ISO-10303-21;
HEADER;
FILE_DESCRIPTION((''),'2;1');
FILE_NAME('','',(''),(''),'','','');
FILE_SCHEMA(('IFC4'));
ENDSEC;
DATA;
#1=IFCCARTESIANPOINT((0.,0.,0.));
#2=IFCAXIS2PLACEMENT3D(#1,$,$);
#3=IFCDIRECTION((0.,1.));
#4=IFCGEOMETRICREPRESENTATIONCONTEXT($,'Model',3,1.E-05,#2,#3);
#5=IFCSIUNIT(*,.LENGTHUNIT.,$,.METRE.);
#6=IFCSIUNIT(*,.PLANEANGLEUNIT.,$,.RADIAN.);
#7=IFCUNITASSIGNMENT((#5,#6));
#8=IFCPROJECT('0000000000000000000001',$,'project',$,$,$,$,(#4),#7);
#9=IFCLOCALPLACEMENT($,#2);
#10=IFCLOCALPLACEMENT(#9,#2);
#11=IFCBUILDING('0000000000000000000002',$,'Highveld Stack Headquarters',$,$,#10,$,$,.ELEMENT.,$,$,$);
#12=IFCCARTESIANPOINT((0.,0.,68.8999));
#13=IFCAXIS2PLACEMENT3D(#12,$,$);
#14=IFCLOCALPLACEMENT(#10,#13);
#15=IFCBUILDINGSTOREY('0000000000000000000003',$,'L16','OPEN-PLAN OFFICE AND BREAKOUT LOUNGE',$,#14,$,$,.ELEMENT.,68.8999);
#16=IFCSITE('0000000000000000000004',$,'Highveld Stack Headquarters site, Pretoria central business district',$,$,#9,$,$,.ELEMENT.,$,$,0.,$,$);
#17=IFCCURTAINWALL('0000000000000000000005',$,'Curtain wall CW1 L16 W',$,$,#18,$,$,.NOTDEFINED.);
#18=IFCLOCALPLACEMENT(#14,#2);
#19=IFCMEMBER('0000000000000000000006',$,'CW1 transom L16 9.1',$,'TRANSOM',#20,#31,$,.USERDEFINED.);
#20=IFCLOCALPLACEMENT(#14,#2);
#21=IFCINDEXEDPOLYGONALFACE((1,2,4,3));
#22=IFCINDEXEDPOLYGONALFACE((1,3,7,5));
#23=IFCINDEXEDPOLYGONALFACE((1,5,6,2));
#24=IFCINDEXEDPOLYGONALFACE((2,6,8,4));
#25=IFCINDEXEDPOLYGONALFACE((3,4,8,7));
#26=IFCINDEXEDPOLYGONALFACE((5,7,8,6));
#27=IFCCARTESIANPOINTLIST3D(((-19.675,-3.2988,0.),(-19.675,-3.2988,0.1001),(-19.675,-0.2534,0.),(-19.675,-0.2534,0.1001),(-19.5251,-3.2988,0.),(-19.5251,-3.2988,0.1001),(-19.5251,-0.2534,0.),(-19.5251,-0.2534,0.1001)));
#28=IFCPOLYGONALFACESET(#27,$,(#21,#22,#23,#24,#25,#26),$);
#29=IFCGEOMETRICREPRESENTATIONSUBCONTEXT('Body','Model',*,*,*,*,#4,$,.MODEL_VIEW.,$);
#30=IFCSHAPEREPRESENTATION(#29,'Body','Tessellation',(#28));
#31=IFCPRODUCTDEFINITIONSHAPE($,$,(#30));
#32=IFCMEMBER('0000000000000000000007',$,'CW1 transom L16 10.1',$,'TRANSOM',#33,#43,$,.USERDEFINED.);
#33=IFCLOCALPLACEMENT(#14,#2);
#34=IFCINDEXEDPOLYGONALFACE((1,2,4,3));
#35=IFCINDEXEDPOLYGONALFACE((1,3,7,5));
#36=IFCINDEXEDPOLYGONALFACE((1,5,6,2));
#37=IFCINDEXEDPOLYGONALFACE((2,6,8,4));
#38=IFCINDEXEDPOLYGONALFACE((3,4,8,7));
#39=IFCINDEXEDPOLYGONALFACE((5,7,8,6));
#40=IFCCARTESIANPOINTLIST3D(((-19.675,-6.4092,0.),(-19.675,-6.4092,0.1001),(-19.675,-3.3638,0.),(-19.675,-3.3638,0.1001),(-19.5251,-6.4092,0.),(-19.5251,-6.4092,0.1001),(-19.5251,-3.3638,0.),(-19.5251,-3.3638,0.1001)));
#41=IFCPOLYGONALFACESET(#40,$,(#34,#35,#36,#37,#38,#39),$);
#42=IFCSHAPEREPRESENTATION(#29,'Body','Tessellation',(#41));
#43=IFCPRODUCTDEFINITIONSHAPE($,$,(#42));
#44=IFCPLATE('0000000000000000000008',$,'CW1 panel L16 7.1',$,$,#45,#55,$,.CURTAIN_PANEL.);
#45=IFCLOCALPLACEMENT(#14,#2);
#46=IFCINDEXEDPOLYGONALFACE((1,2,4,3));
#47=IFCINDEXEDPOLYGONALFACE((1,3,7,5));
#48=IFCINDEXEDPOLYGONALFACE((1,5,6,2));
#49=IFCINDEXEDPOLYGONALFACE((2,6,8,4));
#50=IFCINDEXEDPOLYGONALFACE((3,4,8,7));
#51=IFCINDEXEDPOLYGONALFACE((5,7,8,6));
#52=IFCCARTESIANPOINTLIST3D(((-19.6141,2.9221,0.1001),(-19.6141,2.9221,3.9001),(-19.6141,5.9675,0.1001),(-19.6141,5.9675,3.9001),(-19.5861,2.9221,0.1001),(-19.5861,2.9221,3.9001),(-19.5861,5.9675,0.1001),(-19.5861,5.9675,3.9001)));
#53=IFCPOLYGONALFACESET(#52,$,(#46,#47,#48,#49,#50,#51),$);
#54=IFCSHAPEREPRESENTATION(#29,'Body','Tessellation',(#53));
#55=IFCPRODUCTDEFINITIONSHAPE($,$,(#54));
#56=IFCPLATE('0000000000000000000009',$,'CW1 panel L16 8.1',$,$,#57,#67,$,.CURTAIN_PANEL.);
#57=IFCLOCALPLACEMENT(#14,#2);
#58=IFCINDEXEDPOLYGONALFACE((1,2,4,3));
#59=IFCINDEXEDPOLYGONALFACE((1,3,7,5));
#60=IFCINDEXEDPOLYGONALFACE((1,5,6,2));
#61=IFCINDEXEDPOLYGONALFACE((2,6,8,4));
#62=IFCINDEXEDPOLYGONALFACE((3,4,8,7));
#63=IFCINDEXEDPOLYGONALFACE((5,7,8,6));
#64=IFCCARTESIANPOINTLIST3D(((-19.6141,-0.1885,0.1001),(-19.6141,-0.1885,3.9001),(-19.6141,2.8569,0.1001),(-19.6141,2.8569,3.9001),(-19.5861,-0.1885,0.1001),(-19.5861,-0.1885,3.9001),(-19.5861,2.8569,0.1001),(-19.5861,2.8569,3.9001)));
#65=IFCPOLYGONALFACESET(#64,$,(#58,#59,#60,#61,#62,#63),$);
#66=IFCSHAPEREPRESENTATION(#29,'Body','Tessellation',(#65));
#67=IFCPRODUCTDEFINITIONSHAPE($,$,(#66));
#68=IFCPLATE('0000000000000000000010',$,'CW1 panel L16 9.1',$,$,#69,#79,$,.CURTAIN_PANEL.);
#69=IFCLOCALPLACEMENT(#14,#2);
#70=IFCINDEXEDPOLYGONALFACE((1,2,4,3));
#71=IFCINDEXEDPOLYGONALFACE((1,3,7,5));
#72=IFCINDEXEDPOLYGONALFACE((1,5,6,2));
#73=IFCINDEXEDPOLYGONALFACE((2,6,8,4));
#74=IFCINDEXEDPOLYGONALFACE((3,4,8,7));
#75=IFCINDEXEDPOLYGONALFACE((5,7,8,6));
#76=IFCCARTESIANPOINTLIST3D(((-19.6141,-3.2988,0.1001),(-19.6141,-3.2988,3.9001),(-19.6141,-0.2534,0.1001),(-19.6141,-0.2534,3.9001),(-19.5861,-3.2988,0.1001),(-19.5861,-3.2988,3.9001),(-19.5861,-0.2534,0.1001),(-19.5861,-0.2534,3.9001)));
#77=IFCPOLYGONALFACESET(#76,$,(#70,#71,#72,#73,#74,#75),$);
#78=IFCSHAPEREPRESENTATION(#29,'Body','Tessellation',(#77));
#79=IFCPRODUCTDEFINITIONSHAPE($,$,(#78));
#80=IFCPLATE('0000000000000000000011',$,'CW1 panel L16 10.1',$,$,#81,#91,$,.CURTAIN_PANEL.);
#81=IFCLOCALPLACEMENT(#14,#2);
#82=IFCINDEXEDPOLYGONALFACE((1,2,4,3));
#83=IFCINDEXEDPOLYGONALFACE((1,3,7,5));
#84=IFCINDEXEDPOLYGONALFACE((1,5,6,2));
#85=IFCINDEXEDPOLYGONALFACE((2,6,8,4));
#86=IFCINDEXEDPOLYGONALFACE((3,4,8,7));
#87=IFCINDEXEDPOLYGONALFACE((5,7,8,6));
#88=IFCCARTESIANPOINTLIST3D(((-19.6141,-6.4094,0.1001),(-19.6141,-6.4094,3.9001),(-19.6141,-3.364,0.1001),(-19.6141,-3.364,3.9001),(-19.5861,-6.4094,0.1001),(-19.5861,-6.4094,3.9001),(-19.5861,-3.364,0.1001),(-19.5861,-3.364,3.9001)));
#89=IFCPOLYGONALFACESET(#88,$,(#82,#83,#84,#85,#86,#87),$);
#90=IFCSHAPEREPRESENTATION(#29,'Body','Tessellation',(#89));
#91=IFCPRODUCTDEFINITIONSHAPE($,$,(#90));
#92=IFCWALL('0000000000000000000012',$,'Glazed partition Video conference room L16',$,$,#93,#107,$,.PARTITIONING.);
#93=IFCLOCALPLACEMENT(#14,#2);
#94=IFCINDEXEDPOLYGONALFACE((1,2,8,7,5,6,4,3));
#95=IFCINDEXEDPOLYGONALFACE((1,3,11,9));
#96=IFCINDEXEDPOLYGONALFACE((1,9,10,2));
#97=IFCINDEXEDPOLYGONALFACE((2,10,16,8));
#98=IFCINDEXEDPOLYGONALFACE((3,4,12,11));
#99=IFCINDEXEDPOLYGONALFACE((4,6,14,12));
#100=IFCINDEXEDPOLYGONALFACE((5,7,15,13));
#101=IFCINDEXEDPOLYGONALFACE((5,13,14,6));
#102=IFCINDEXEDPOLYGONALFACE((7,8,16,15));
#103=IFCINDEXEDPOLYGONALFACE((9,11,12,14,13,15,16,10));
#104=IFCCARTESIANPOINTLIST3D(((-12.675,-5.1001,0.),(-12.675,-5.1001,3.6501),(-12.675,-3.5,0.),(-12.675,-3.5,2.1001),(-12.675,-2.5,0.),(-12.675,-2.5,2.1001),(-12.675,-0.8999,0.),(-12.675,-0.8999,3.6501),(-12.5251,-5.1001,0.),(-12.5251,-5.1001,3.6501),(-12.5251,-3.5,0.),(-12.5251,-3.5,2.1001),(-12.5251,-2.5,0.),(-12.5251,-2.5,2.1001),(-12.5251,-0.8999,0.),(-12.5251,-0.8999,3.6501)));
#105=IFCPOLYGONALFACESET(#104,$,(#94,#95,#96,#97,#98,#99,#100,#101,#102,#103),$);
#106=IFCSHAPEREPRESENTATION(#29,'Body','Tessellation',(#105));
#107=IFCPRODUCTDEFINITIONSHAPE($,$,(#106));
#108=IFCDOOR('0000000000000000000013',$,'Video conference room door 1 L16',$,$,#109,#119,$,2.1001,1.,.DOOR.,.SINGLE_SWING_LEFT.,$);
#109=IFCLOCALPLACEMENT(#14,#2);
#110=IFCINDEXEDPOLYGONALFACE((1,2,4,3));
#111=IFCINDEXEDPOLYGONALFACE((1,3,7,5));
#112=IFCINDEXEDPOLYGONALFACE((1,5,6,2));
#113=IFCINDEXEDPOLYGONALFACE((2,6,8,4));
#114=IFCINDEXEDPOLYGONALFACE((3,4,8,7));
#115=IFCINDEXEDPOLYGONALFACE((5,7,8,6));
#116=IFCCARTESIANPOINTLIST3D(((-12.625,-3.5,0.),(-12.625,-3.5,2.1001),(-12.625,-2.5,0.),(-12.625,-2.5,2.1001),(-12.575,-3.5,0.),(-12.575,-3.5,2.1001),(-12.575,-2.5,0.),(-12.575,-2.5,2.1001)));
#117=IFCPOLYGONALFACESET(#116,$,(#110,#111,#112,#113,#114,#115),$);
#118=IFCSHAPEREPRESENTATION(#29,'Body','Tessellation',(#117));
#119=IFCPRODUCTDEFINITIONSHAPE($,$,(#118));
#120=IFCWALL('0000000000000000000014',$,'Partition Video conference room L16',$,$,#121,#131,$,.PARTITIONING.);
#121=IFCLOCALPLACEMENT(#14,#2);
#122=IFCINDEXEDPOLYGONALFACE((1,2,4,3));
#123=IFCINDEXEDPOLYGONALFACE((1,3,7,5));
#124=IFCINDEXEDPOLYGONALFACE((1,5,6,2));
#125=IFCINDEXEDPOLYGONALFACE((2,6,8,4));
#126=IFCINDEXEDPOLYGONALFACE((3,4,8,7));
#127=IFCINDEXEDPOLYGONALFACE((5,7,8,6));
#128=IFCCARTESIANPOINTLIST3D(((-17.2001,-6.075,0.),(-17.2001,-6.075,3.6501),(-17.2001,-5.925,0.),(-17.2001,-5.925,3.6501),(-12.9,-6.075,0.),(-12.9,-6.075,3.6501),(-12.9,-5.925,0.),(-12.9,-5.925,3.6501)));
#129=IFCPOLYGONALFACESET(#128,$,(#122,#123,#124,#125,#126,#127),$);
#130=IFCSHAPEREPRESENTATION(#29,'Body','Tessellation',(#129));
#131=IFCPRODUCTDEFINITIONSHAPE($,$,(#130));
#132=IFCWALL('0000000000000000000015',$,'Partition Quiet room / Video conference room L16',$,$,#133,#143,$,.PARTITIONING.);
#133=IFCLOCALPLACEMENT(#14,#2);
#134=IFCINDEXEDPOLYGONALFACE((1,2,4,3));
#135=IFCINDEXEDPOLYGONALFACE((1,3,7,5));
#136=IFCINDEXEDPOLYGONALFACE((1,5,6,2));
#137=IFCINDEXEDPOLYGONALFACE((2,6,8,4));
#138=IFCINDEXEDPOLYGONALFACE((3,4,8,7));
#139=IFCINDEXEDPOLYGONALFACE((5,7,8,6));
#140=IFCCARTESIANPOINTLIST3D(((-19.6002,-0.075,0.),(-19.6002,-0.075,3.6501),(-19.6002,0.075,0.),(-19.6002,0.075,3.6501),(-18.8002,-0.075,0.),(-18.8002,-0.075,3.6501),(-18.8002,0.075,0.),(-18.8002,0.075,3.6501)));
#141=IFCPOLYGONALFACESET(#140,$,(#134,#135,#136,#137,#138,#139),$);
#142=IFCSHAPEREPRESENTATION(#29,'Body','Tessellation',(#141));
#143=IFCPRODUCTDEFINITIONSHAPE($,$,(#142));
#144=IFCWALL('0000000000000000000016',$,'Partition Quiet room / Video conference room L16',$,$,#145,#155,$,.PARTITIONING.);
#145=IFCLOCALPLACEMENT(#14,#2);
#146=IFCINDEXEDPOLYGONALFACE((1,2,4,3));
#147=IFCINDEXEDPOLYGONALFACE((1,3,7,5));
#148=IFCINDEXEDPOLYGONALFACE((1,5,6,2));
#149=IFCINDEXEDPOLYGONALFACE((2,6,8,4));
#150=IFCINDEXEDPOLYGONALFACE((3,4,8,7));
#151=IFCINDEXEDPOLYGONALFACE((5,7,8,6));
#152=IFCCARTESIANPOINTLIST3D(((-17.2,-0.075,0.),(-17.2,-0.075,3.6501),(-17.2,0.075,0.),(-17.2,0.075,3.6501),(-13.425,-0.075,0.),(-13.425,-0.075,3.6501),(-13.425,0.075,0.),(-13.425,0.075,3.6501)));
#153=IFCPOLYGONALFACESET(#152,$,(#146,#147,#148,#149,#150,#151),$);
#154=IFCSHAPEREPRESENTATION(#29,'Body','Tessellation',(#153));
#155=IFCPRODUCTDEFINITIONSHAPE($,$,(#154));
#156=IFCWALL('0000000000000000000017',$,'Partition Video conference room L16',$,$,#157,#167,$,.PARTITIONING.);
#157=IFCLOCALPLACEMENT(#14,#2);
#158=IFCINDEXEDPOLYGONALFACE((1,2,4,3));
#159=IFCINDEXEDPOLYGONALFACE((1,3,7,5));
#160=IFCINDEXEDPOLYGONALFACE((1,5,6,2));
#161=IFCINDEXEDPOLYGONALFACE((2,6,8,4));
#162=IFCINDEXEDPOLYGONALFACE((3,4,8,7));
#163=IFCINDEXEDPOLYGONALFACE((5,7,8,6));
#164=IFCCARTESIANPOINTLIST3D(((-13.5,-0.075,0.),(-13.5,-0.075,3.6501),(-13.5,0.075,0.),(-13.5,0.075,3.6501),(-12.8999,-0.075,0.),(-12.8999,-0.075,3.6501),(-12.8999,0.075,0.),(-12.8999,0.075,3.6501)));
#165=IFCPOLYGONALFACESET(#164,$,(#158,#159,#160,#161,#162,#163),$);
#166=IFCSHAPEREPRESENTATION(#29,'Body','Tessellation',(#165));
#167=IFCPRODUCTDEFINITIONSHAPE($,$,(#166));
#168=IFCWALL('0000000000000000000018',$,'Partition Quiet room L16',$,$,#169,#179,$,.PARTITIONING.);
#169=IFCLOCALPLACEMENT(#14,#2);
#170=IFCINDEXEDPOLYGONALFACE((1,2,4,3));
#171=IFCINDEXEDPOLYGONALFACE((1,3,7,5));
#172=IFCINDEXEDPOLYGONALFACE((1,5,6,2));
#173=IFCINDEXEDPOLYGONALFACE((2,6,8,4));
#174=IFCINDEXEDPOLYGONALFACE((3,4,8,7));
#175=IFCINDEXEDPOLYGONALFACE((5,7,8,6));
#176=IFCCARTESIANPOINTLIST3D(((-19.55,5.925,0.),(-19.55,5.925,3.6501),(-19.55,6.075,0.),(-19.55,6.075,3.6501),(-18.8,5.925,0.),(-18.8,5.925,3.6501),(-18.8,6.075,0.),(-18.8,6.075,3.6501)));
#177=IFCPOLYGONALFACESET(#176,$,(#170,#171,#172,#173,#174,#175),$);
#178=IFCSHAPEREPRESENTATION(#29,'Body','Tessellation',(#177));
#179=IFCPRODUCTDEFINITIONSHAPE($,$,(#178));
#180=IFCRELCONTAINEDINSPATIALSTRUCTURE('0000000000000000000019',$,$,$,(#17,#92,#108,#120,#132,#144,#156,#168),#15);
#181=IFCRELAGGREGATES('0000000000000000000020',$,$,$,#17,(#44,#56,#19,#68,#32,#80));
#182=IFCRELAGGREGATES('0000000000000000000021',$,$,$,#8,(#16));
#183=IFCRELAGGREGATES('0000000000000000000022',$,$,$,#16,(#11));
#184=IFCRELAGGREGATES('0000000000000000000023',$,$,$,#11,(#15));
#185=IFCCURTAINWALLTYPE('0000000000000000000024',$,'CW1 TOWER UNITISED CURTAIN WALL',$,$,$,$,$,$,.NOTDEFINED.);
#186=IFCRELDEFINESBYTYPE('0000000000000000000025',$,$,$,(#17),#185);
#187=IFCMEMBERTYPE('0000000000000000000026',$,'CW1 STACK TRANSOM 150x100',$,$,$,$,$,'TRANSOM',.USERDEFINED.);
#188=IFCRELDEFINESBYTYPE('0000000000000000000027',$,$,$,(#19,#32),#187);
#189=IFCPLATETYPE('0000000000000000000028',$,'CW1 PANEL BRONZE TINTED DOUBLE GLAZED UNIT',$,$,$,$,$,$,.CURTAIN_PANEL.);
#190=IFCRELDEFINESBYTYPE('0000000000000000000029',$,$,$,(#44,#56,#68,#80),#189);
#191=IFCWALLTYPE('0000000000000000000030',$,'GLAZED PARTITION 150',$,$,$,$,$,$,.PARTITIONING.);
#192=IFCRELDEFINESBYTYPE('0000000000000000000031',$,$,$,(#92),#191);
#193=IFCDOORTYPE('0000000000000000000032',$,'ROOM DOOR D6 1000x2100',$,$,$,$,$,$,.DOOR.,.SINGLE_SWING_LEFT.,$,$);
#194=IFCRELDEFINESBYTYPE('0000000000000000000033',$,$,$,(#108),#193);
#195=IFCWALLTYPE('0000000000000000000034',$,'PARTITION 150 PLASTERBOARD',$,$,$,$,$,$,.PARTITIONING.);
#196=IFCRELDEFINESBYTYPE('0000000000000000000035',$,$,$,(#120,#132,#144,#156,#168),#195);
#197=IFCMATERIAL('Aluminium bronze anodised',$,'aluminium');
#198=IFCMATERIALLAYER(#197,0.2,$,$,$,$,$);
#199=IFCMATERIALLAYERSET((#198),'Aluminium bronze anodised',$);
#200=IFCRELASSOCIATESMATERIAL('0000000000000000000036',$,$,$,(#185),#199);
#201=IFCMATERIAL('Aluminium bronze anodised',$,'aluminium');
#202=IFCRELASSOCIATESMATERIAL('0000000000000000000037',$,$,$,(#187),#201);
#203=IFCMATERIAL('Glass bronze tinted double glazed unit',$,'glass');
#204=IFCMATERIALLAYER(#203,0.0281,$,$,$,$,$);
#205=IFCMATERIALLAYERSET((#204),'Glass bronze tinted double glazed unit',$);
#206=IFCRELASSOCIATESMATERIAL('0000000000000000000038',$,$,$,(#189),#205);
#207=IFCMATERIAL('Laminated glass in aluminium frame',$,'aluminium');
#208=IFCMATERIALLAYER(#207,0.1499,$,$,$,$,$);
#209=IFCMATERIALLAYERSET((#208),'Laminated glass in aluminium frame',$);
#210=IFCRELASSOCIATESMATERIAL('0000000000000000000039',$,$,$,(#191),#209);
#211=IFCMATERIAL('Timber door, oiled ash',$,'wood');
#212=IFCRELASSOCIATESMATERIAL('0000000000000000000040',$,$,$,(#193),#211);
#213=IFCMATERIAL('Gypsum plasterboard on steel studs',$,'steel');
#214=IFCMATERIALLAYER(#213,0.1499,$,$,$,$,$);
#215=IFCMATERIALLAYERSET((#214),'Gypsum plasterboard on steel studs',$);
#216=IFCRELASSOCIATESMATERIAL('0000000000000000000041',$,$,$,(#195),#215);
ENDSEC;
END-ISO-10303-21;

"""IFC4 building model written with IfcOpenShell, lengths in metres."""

from ifc_helpers import new_model, si_unit, direction, frame, frame_2d, origin, origin_2d, place, context, subcontext, project, spatial, rectangle, extrude, material, layer, layer_set, material_profile, profile_set, type_object, element, fill, aggregate, save


model = new_model("IFC4")

# Units and contexts
model_context = context("Model", 3, precision=1e-05, world=origin(), true_north=direction((0.0, 1.0)))
body_context = subcontext(model_context, "Body", "Model", "MODEL_VIEW")
ifc_project = project(units=[si_unit("LENGTHUNIT", "METRE"), si_unit("PLANEANGLEUNIT", "RADIAN")], contexts=[model_context])

# Site, building, storey
site_placement = place(None, origin())
site = spatial("IfcSite", under=ifc_project, at=site_placement, Name="Highveld Stack Headquarters site, Pretoria central business district", CompositionType="ELEMENT", RefElevation=0.0)
building_placement = place(site_placement, origin())
building = spatial("IfcBuilding", under=site, at=building_placement, Name="Highveld Stack Headquarters", CompositionType="ELEMENT")
storey_placement = place(building_placement, frame((0.0, 0.0, 68.8999)))
storey = spatial("IfcBuildingStorey", under=building, at=storey_placement, Name="L16", Description="OPEN-PLAN OFFICE AND BREAKOUT LOUNGE", CompositionType="ELEMENT", Elevation=68.8999)

# Curtain wall, members, plates
ifc_material_1 = material(Name="Aluminium bronze anodised", Category="aluminium")
ifc_layer_1 = layer(ifc_material_1, 0.2)
ifc_layer_set_1 = layer_set([ifc_layer_1], Name="Aluminium bronze anodised")
curtain_wall_type = type_object("IfcCurtainWallType", Name="CW1 TOWER UNITISED CURTAIN WALL", PredefinedType="NOTDEFINED", material=ifc_layer_set_1)
curtain_wall_placement = place(storey_placement, origin())
curtain_wall = element("IfcCurtainWall", 1, at=curtain_wall_placement, inside=storey, type_object=curtain_wall_type, Name="Curtain wall CW1 L16 W", PredefinedType="NOTDEFINED")
ifc_material_2 = material(Name="Aluminium bronze anodised", Category="aluminium")
ifc_material_profile_1 = material_profile(ifc_material_2, rectangle(XDim=0.1499, YDim=0.1001, at=origin_2d()), Name="CW1 TRANSOM 150x100")
ifc_profile_set_1 = profile_set([ifc_material_profile_1], Name="Aluminium bronze anodised")
member_type_1 = type_object("IfcMemberType", Name="CW1 STACK TRANSOM 150x100", ElementType="TRANSOM", PredefinedType="USERDEFINED", material=ifc_profile_set_1)
member_1_placement = place(storey_placement, frame((-19.6001, -0.2534, 0.05), z_axis=(0.0, -1.0, 0.0), x_axis=(1.0, 0.0, 0.0)))
member_1 = element("IfcMember", 2, at=member_1_placement, type_object=member_type_1, Name="CW1 transom L16 9.1", ObjectType="TRANSOM", PredefinedType="USERDEFINED", context=body_context, shape_type="SweptSolid", body=[
    extrude(rectangle(XDim=0.1499, YDim=0.1001, at=origin_2d()), origin(), (0.0, 0.0, 1.0), 3.0454),
])
member_2_placement = place(storey_placement, frame((-19.6001, -3.3638, 0.05), z_axis=(0.0, -1.0, 0.0), x_axis=(1.0, 0.0, 0.0)))
member_2 = element("IfcMember", 3, at=member_2_placement, type_object=member_type_1, Name="CW1 transom L16 10.1", ObjectType="TRANSOM", PredefinedType="USERDEFINED", context=body_context, shape_type="SweptSolid", body=[
    extrude(rectangle(XDim=0.1499, YDim=0.1001, at=origin_2d()), origin(), (0.0, 0.0, 1.0), 3.0454),
])
ifc_material_3 = material(Name="Glass bronze tinted double glazed unit", Category="glass")
ifc_layer_2 = layer(ifc_material_3, 0.0281)
ifc_layer_set_2 = layer_set([ifc_layer_2], Name="Glass bronze tinted double glazed unit")
plate_type = type_object("IfcPlateType", Name="CW1 PANEL BRONZE TINTED DOUBLE GLAZED UNIT", PredefinedType="CURTAIN_PANEL", material=ifc_layer_set_2)
plate_1_placement = place(storey_placement, frame((-19.6001, 4.4448, 0.1001), z_axis=(0.0, 0.0, 1.0), x_axis=(0.0, -1.0, 0.0)))
plate_1 = element("IfcPlate", 4, at=plate_1_placement, type_object=plate_type, Name="CW1 panel L16 7.1", PredefinedType="CURTAIN_PANEL", context=body_context, shape_type="SweptSolid", body=[
    extrude(rectangle(XDim=3.0454, YDim=0.0281, at=origin_2d()), origin(), (0.0, 0.0, 1.0), 3.8),
])
plate_2_placement = place(storey_placement, frame((-19.6001, 1.3342, 0.1001), z_axis=(0.0, 0.0, 1.0), x_axis=(0.0, -1.0, 0.0)))
plate_2 = element("IfcPlate", 5, at=plate_2_placement, type_object=plate_type, Name="CW1 panel L16 8.1", PredefinedType="CURTAIN_PANEL", context=body_context, shape_type="SweptSolid", body=[
    extrude(rectangle(XDim=3.0454, YDim=0.0281, at=origin_2d()), origin(), (0.0, 0.0, 1.0), 3.8),
])
plate_3_placement = place(storey_placement, frame((-19.6001, -1.7761, 0.1001), z_axis=(0.0, 0.0, 1.0), x_axis=(0.0, -1.0, 0.0)))
plate_3 = element("IfcPlate", 6, at=plate_3_placement, type_object=plate_type, Name="CW1 panel L16 9.1", PredefinedType="CURTAIN_PANEL", context=body_context, shape_type="SweptSolid", body=[
    extrude(rectangle(XDim=3.0454, YDim=0.0281, at=origin_2d()), origin(), (0.0, 0.0, 1.0), 3.8),
])
plate_4_placement = place(storey_placement, frame((-19.6001, -4.8867, 0.1001), z_axis=(0.0, 0.0, 1.0), x_axis=(0.0, -1.0, 0.0)))
plate_4 = element("IfcPlate", 7, at=plate_4_placement, type_object=plate_type, Name="CW1 panel L16 10.1", PredefinedType="CURTAIN_PANEL", context=body_context, shape_type="SweptSolid", body=[
    extrude(rectangle(XDim=3.0454, YDim=0.0281, at=origin_2d()), origin(), (0.0, 0.0, 1.0), 3.8),
])
aggregate(curtain_wall, [plate_1, plate_2, member_1, plate_3, member_2, plate_4])

# Wall, opening, door
ifc_material_4 = material(Name="Laminated glass in aluminium frame", Category="aluminium")
ifc_layer_3 = layer(ifc_material_4, 0.1499)
ifc_layer_set_3 = layer_set([ifc_layer_3], Name="Laminated glass in aluminium frame")
wall_type_1 = type_object("IfcWallType", Name="GLAZED PARTITION 150", PredefinedType="PARTITIONING", material=ifc_layer_set_3)
wall_1_placement = place(storey_placement, frame((-12.6001, -5.1001, 0.0), z_axis=(0.0, 0.0, 1.0), x_axis=(0.0, 1.0, 0.0)))
wall_1 = element("IfcWall", 8, at=wall_1_placement, inside=storey, type_object=wall_type_1, Name="Glazed partition Video conference room L16", PredefinedType="PARTITIONING", context=body_context, shape_type="SweptSolid", body=[
    extrude(rectangle(XDim=4.2002, YDim=0.1499, at=frame_2d((2.1001, 0.0))), origin(), (0.0, 0.0, 1.0), 3.6501),
])
opening_1_placement = place(wall_1_placement, frame((1.6001, 0.0, 0.0)))
opening_1 = element("IfcOpeningElement", 9, at=opening_1_placement, cuts=wall_1, PredefinedType="OPENING", context=body_context, shape_type="SweptSolid", body=[
    extrude(rectangle(XDim=1.0, YDim=2.1001, at=frame_2d((0.5, 1.05))), frame((0.0, 0.085, 0.0), z_axis=(0.0, -1.0, 0.0), x_axis=(1.0, 0.0, 0.0)), (0.0, 0.0, 1.0), 0.1699),
])
ifc_material_5 = material(Name="Timber door, oiled ash", Category="wood")
door_type = type_object("IfcDoorType", Name="ROOM DOOR D6 1000x2100", OperationType="SINGLE_SWING_LEFT", PredefinedType="DOOR", material=ifc_material_5)
door_1_placement = place(opening_1_placement, origin())
door_1 = element("IfcDoor", 10, at=door_1_placement, inside=storey, type_object=door_type, Name="Video conference room door 1 L16", OperationType="SINGLE_SWING_LEFT", OverallHeight=2.1001, OverallWidth=1.0, PredefinedType="DOOR", context=body_context, shape_type="SweptSolid", body=[
    extrude(rectangle(XDim=1.0, YDim=2.1001, at=frame_2d((0.5, 1.05))), frame((0.0, 0.0249, 0.0), z_axis=(0.0, -1.0, 0.0), x_axis=(1.0, 0.0, 0.0)), (0.0, 0.0, 1.0), 0.05),
])
fill(opening_1, door_1)

# Walls
ifc_material_6 = material(Name="Gypsum plasterboard on steel studs", Category="steel")
ifc_layer_4 = layer(ifc_material_6, 0.1499)
ifc_layer_set_4 = layer_set([ifc_layer_4], Name="Gypsum plasterboard on steel studs")
wall_type_2 = type_object("IfcWallType", Name="PARTITION 150 PLASTERBOARD", PredefinedType="PARTITIONING", material=ifc_layer_set_4)
wall_2_placement = place(storey_placement, frame((-17.2, -6.0, 0.0), z_axis=(0.0, 0.0, 1.0), x_axis=(1.0, 0.0, 0.0)))
element("IfcWall", 11, at=wall_2_placement, inside=storey, type_object=wall_type_2, Name="Partition Video conference room L16", PredefinedType="PARTITIONING", context=body_context, shape_type="SweptSolid", body=[
    extrude(rectangle(XDim=4.3, YDim=0.1499, at=frame_2d((2.1499, 0.0))), origin(), (0.0, 0.0, 1.0), 3.6501),
])
wall_3_placement = place(storey_placement, frame((-19.6001, 0.0, 0.0), z_axis=(0.0, 0.0, 1.0), x_axis=(1.0, 0.0, 0.0)))
element("IfcWall", 12, at=wall_3_placement, inside=storey, type_object=wall_type_2, Name="Partition Quiet room / Video conference room L16", PredefinedType="PARTITIONING", context=body_context, shape_type="SweptSolid", body=[
    extrude(rectangle(XDim=0.8, YDim=0.1499, at=frame_2d((0.3999, 0.0))), origin(), (0.0, 0.0, 1.0), 3.6501),
])
wall_4_placement = place(storey_placement, frame((-17.2, 0.0, 0.0), z_axis=(0.0, 0.0, 1.0), x_axis=(1.0, 0.0, 0.0)))
element("IfcWall", 13, at=wall_4_placement, inside=storey, type_object=wall_type_2, Name="Partition Quiet room / Video conference room L16", PredefinedType="PARTITIONING", context=body_context, shape_type="SweptSolid", body=[
    extrude(rectangle(XDim=3.7749, YDim=0.1499, at=frame_2d((1.8875, 0.0))), origin(), (0.0, 0.0, 1.0), 3.6501),
])
wall_5_placement = place(storey_placement, frame((-13.5, 0.0, 0.0), z_axis=(0.0, 0.0, 1.0), x_axis=(1.0, 0.0, 0.0)))
element("IfcWall", 14, at=wall_5_placement, inside=storey, type_object=wall_type_2, Name="Partition Video conference room L16", PredefinedType="PARTITIONING", context=body_context, shape_type="SweptSolid", body=[
    extrude(rectangle(XDim=0.6001, YDim=0.1499, at=frame_2d((0.3, 0.0))), origin(), (0.0, 0.0, 1.0), 3.6501),
])
wall_6_placement = place(storey_placement, frame((-19.55, 6.0, 0.0), z_axis=(0.0, 0.0, 1.0), x_axis=(1.0, 0.0, 0.0)))
element("IfcWall", 15, at=wall_6_placement, inside=storey, type_object=wall_type_2, Name="Partition Quiet room L16", PredefinedType="PARTITIONING", context=body_context, shape_type="SweptSolid", body=[
    extrude(rectangle(XDim=0.75, YDim=0.1499, at=frame_2d((0.375, 0.0))), origin(), (0.0, 0.0, 1.0), 3.6501),
])

save(model, "model.ifc")
